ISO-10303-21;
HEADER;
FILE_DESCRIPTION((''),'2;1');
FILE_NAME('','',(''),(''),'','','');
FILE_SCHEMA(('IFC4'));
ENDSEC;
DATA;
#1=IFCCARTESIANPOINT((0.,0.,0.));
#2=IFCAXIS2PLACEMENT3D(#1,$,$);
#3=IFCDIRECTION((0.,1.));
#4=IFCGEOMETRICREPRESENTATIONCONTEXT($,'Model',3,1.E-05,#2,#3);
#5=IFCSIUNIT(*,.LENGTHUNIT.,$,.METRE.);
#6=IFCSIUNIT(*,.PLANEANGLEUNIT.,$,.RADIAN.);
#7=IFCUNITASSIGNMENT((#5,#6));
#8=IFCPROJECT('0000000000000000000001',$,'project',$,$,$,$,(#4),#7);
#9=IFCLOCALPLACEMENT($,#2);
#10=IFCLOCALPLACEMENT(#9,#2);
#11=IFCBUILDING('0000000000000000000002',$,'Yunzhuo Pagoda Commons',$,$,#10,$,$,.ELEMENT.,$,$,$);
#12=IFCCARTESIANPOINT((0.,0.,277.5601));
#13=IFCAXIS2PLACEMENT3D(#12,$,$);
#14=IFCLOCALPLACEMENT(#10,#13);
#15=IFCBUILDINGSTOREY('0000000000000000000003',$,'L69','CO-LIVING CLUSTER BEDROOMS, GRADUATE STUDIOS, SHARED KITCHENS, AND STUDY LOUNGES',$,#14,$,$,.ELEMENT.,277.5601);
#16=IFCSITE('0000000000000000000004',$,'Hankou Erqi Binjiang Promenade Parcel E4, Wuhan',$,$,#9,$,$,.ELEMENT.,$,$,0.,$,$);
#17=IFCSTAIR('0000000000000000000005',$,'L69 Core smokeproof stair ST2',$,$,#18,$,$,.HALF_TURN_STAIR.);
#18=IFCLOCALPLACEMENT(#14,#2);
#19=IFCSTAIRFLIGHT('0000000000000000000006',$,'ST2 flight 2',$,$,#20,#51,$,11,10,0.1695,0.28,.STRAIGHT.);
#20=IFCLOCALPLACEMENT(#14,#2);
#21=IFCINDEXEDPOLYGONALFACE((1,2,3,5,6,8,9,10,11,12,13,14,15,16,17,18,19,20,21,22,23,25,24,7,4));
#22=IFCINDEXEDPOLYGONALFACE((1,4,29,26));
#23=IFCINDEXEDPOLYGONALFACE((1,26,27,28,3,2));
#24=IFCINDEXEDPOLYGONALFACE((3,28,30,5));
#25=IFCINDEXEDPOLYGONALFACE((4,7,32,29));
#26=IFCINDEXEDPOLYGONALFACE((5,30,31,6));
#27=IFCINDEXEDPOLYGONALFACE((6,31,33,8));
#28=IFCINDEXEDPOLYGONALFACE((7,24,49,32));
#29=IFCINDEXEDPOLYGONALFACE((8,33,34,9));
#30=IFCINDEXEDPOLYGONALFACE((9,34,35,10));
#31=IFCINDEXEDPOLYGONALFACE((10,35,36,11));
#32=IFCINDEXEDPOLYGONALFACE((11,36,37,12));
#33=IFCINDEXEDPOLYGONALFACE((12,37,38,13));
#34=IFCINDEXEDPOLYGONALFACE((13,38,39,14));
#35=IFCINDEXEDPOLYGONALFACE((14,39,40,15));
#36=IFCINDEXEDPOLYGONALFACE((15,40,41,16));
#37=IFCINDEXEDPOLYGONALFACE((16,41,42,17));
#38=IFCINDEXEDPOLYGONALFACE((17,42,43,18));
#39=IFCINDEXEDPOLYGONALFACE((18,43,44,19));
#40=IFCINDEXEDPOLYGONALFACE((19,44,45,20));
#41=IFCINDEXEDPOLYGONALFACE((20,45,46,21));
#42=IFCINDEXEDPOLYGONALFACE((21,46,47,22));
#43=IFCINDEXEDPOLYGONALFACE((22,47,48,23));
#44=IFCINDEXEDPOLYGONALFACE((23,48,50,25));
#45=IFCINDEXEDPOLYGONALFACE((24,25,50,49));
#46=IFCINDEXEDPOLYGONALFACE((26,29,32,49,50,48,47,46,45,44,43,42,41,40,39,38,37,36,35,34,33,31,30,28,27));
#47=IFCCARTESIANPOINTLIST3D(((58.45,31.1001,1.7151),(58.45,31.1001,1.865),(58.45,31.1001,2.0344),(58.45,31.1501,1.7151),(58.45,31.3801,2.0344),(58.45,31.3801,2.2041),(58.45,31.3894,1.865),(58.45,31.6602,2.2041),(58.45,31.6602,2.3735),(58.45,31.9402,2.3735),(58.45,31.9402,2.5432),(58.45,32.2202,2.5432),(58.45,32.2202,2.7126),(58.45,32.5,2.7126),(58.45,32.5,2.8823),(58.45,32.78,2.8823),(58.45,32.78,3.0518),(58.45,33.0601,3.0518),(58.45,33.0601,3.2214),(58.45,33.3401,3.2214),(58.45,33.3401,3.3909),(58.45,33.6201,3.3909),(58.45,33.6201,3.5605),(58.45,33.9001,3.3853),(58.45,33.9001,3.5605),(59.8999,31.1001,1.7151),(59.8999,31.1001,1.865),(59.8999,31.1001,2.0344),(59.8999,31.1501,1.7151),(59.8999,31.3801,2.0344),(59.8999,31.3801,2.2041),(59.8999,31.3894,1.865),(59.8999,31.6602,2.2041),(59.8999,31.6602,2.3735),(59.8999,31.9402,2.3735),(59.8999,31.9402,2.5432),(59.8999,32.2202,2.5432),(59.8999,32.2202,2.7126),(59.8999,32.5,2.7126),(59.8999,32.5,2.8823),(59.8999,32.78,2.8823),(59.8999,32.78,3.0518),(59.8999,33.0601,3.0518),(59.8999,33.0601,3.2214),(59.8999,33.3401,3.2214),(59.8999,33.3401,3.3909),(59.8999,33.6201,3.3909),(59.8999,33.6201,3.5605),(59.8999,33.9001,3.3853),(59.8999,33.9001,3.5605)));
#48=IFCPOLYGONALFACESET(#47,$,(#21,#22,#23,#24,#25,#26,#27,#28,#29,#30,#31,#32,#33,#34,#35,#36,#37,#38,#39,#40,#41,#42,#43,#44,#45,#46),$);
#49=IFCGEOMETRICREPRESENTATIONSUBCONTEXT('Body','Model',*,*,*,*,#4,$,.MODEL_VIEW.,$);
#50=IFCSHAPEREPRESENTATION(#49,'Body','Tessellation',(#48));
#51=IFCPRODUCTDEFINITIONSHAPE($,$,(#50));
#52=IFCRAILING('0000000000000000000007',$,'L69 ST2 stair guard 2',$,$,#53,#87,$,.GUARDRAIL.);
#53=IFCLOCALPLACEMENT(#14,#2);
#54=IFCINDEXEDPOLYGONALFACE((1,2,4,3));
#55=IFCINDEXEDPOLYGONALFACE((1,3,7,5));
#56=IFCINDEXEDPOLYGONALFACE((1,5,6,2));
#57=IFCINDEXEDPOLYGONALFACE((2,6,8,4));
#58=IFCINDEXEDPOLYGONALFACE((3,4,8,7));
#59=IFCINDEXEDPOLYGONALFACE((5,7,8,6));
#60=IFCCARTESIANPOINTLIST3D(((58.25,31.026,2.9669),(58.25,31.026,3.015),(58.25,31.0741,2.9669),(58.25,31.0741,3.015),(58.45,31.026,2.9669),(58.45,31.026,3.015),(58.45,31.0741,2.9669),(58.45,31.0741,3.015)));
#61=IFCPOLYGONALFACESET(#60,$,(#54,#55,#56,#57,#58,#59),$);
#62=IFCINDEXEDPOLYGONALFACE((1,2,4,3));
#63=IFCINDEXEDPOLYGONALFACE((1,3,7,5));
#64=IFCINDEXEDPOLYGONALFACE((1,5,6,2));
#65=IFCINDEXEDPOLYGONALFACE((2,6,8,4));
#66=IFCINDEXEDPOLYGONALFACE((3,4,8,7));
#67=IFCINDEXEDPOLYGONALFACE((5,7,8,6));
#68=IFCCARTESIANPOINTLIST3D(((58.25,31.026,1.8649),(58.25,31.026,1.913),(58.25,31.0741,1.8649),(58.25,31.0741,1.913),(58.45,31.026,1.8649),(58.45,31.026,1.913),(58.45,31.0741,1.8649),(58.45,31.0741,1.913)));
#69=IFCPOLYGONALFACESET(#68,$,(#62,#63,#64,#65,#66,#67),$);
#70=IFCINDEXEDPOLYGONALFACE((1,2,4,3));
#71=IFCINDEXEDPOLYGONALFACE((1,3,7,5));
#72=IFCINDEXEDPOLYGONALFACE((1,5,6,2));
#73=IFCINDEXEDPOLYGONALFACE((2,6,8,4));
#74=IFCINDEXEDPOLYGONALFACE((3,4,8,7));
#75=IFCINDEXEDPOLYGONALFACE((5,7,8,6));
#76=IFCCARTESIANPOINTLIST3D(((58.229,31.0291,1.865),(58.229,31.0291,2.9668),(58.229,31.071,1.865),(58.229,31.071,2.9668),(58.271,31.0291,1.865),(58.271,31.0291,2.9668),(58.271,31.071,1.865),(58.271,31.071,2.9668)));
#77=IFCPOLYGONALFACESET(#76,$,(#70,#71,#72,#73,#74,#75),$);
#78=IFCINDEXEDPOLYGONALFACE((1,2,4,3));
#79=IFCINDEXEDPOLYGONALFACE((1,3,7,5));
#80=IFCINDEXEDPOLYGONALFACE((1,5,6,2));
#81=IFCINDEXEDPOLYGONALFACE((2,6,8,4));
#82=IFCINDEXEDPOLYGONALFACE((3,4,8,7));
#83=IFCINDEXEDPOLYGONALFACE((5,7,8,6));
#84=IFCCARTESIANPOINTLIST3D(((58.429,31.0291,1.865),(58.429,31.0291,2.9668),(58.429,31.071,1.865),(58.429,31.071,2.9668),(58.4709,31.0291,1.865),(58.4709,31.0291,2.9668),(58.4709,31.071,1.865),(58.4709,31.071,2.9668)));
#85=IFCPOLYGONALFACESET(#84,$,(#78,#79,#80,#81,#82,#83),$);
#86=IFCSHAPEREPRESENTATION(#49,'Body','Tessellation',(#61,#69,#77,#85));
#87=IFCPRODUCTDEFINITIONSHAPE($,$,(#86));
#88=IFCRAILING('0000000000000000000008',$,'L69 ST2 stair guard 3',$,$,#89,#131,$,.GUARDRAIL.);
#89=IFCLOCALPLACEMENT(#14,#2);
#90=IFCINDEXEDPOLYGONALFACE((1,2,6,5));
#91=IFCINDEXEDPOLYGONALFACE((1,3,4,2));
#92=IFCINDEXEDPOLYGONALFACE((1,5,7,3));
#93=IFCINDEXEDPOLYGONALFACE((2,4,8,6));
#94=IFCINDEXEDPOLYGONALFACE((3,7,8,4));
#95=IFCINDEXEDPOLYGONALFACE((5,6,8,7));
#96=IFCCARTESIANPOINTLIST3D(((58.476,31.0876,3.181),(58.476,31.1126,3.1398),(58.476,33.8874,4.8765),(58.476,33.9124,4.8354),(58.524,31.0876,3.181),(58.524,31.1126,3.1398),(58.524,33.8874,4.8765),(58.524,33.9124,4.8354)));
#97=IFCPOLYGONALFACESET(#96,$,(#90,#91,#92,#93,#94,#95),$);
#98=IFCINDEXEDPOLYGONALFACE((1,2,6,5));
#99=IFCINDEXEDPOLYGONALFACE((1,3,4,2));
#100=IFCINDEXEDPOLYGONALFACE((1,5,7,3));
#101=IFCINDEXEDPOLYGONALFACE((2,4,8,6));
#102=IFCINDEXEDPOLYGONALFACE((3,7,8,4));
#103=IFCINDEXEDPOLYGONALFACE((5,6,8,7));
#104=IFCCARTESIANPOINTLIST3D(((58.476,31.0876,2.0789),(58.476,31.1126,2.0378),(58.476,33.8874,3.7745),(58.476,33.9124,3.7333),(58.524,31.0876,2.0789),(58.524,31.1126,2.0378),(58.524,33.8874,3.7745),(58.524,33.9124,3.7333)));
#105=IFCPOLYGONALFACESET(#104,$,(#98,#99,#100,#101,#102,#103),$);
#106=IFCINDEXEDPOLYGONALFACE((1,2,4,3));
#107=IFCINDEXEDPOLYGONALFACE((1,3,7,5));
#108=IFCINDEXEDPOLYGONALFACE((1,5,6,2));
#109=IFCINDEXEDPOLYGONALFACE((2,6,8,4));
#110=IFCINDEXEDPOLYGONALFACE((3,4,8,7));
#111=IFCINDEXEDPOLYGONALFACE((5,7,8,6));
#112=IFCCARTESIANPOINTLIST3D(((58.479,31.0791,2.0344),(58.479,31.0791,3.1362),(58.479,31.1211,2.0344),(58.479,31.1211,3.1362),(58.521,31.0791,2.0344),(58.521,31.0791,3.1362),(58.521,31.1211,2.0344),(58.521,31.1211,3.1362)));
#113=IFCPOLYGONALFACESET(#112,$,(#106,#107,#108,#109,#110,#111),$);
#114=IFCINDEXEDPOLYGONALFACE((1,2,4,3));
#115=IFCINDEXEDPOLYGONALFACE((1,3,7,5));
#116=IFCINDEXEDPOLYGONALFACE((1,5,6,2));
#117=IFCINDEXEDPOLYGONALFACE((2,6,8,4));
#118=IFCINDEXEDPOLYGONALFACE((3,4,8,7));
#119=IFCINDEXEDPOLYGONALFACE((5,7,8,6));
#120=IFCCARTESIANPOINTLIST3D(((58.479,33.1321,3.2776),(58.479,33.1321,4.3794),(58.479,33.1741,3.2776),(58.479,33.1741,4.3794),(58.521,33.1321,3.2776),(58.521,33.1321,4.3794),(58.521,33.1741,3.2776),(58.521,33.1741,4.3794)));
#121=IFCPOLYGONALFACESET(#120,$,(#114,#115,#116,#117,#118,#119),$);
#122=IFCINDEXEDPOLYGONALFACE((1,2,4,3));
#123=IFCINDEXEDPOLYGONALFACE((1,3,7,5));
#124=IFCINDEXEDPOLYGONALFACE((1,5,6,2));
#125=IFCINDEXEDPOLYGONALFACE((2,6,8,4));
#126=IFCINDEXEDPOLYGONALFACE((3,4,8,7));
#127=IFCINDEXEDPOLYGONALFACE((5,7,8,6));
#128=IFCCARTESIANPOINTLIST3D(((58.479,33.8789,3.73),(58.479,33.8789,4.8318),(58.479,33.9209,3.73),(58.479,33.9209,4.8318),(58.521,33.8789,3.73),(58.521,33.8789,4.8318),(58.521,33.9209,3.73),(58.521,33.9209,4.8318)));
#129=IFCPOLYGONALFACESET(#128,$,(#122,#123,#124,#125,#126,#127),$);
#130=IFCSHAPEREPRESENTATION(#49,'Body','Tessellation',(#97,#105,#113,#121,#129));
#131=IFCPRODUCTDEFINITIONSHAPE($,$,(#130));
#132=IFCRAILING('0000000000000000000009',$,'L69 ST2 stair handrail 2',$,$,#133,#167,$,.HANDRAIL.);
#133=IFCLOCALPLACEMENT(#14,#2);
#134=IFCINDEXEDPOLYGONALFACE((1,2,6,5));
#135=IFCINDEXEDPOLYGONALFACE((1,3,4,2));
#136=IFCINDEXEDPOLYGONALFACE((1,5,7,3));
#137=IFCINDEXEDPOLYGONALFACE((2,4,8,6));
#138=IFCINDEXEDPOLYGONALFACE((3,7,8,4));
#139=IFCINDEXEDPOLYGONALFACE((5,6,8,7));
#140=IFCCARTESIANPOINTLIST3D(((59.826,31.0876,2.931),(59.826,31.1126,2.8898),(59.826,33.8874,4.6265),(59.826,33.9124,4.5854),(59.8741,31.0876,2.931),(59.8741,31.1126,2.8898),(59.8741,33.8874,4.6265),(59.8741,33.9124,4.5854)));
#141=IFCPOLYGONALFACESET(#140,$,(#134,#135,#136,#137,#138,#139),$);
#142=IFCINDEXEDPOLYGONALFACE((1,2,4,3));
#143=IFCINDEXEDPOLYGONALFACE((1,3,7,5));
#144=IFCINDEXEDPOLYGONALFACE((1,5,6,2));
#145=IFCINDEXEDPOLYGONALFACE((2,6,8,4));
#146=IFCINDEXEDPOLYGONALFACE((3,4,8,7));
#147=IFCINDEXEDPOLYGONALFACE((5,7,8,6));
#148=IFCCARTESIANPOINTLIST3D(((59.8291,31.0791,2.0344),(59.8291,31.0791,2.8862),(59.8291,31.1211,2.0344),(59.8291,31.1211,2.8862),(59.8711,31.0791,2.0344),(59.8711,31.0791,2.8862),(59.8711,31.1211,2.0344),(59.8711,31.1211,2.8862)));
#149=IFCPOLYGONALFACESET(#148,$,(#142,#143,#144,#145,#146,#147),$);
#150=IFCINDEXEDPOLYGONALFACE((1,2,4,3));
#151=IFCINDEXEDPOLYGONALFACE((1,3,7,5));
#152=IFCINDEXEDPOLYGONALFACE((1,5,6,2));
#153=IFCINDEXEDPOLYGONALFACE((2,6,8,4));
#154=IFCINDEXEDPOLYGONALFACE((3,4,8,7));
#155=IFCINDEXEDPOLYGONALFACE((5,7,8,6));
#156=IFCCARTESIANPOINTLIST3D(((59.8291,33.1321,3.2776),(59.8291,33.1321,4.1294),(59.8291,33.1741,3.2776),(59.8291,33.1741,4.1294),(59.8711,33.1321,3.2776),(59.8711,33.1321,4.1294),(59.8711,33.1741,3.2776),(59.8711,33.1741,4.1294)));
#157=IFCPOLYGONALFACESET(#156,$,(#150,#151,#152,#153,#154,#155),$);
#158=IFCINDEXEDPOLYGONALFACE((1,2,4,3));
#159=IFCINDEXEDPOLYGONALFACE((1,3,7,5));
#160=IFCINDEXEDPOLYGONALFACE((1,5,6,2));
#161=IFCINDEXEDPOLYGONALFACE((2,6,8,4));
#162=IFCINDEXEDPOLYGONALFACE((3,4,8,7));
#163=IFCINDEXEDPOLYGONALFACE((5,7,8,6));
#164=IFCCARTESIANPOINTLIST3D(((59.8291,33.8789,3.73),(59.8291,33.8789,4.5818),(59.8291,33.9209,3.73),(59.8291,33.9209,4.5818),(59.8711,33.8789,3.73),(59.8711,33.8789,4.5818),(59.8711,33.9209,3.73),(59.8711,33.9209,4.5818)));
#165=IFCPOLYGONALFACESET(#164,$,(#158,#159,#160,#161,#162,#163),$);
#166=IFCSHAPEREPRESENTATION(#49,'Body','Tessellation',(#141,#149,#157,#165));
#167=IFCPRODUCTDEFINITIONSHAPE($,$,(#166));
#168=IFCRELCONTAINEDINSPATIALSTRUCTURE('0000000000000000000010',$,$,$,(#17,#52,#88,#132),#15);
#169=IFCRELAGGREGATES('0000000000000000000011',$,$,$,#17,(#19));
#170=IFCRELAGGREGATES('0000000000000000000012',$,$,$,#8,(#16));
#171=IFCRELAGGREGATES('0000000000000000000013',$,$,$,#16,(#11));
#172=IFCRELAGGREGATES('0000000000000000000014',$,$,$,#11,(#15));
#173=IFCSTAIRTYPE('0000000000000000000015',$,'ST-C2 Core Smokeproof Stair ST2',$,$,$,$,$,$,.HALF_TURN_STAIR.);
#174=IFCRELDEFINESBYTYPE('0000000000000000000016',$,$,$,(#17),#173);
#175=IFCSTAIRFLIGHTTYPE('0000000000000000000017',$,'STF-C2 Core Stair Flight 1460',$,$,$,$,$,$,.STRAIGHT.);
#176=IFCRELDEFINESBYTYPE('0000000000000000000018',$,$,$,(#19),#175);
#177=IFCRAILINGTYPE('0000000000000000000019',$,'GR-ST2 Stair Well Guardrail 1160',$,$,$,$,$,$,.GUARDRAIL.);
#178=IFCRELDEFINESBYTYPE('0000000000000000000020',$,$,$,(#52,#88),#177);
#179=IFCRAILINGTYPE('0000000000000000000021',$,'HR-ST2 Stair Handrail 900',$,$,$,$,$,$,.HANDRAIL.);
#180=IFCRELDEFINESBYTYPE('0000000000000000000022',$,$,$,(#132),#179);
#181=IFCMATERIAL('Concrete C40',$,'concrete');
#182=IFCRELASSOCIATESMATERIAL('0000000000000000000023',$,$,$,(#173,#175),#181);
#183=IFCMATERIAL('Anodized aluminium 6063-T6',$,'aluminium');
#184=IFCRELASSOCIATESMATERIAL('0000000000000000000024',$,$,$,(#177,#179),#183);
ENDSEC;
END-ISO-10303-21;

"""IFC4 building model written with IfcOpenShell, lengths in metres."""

from ifc_helpers import new_model, si_unit, direction, frame, origin, origin_2d, place, context, subcontext, project, spatial, polyline, rectangle, outline, extrude, source, transform, mapped, material, type_object, element, aggregate, save


model = new_model("IFC4")

# Units and contexts
model_context = context("Model", 3, precision=1e-05, world=origin(), true_north=direction((0.0, 1.0)))
body_context = subcontext(model_context, "Body", "Model", "MODEL_VIEW")
ifc_project = project(units=[si_unit("LENGTHUNIT", "METRE"), si_unit("PLANEANGLEUNIT", "RADIAN")], contexts=[model_context])

# Site, building, storey
site_placement = place(None, origin())
site = spatial("IfcSite", under=ifc_project, at=site_placement, Name="Hankou Erqi Binjiang Promenade Parcel E4, Wuhan", CompositionType="ELEMENT", RefElevation=0.0)
building_placement = place(site_placement, origin())
building = spatial("IfcBuilding", under=site, at=building_placement, Name="Yunzhuo Pagoda Commons", CompositionType="ELEMENT")
storey_placement = place(building_placement, frame((0.0, 0.0, 277.5601)))
storey = spatial("IfcBuildingStorey", under=building, at=storey_placement, Name="L69", Description="CO-LIVING CLUSTER BEDROOMS, GRADUATE STUDIOS, SHARED KITCHENS, AND STUDY LOUNGES", CompositionType="ELEMENT", Elevation=277.5601)

# Shared definitions
ifc_material_1 = material(Name="Anodized aluminium 6063-T6", Category="aluminium")

# Stair, stair flight
ifc_material_2 = material(Name="Concrete C40", Category="concrete")
stair_type = type_object("IfcStairType", Name="ST-C2 Core Smokeproof Stair ST2", PredefinedType="HALF_TURN_STAIR", material=ifc_material_2)
stair_placement = place(storey_placement, origin())
stair = element("IfcStair", 1, at=stair_placement, inside=storey, type_object=stair_type, Name="L69 Core smokeproof stair ST2", PredefinedType="HALF_TURN_STAIR")
stair_flight_type = type_object("IfcStairFlightType", Name="STF-C2 Core Stair Flight 1460", PredefinedType="STRAIGHT", material=ifc_material_2)
shared_shape_1 = source(origin(), body_context, "Body", "SweptSolid", [
    extrude(outline(polyline([(0.0, -0.1499), (0.0, 0.0), (0.0, 0.1694), (0.28, 0.1694), (0.28, 0.3391), (0.5601, 0.3391), (0.5601, 0.5085), (0.8401, 0.5085), (0.8401, 0.6782), (1.1201, 0.6782), (1.1201, 0.8477), (1.3999, 0.8477), (1.3999, 1.0173), (1.6799, 1.0173), (1.6799, 1.1868), (1.96, 1.1868), (1.96, 1.3564), (2.24, 1.3564), (2.24, 1.5259), (2.52, 1.5259), (2.52, 1.6956), (2.8, 1.6956), (2.8, 1.865), (2.8, 1.5203), (0.2893, 0.0), (0.05, -0.1499), (0.0, -0.1499)])), frame((0.0, 0.7251, 0.0), z_axis=(0.0, -1.0, 0.0), x_axis=(1.0, 0.0, 0.0)), (0.0, 0.0, 1.0), 1.45),
])
stair_flight_placement = place(storey_placement, frame((59.175, 31.1001, 1.865), z_axis=(0.0, 0.0, 1.0), x_axis=(0.0, 1.0, 0.0)))
stair_flight = element("IfcStairFlight", 2, at=stair_flight_placement, type_object=stair_flight_type, Name="ST2 flight 2", NumberOfRisers=11, NumberOfTreads=10, PredefinedType="STRAIGHT", RiserHeight=0.1695, TreadLength=0.28, context=body_context, shape_type="MappedRepresentation", body=[
    mapped(shared_shape_1, transform((0.0, 0.0, 0.0), scale=1.0)),
])
aggregate(stair, [stair_flight])

# Railings
railing_type_1 = type_object("IfcRailingType", Name="GR-ST2 Stair Well Guardrail 1160", PredefinedType="GUARDRAIL", material=ifc_material_1)
railing_1_placement = place(storey_placement, frame((58.25, 31.05, 1.865)))
element("IfcRailing", 3, at=railing_1_placement, inside=storey, type_object=railing_type_1, Name="L69 ST2 stair guard 2", PredefinedType="GUARDRAIL", context=body_context, shape_type="SweptSolid", body=[
    extrude(rectangle(XDim=0.0481, YDim=0.0481, at=origin_2d()), frame((0.0, 0.0, 1.126), z_axis=(1.0, 0.0, 0.0), x_axis=(0.0, 1.0, 0.0)), (0.0, 0.0, 1.0), 0.2),
    extrude(rectangle(XDim=0.0481, YDim=0.0481, at=origin_2d()), frame((0.0, 0.0, 0.0239), z_axis=(1.0, 0.0, 0.0), x_axis=(0.0, 1.0, 0.0)), (0.0, 0.0, 1.0), 0.2),
    extrude(rectangle(XDim=0.042, YDim=0.042, at=origin_2d()), origin(), (0.0, 0.0, 1.0), 1.1018),
    extrude(rectangle(XDim=0.042, YDim=0.042, at=origin_2d()), frame((0.2, 0.0, 0.0)), (0.0, 0.0, 1.0), 1.1018),
])
railing_2_placement = place(storey_placement, frame((58.5, 31.1001, 2.0344)))
element("IfcRailing", 4, at=railing_2_placement, inside=storey, type_object=railing_type_1, Name="L69 ST2 stair guard 3", PredefinedType="GUARDRAIL", context=body_context, shape_type="SweptSolid", body=[
    extrude(rectangle(XDim=0.0481, YDim=0.0481, at=origin_2d()), frame((0.0, 0.0, 1.126), z_axis=(0.0, 0.855373, 0.518012), x_axis=(-1.0, 0.0, 0.0)), (0.0, 0.0, 1.0), 3.2732),
    extrude(rectangle(XDim=0.0481, YDim=0.0481, at=origin_2d()), frame((0.0, 0.0, 0.0239), z_axis=(0.0, 0.855373, 0.518012), x_axis=(-1.0, 0.0, 0.0)), (0.0, 0.0, 1.0), 3.2732),
    extrude(rectangle(XDim=0.042, YDim=0.042, at=origin_2d()), origin(), (0.0, 0.0, 1.0), 1.1018),
    extrude(rectangle(XDim=0.042, YDim=0.042, at=origin_2d()), frame((0.0, 2.053, 1.2432)), (0.0, 0.0, 1.0), 1.1018),
    extrude(rectangle(XDim=0.042, YDim=0.042, at=origin_2d()), frame((0.0, 2.7998, 1.6956)), (0.0, 0.0, 1.0), 1.1018),
])
railing_type_2 = type_object("IfcRailingType", Name="HR-ST2 Stair Handrail 900", PredefinedType="HANDRAIL", material=ifc_material_1)
railing_3_placement = place(storey_placement, frame((59.8501, 31.1001, 2.0344)))
element("IfcRailing", 5, at=railing_3_placement, inside=storey, type_object=railing_type_2, Name="L69 ST2 stair handrail 2", PredefinedType="HANDRAIL", context=body_context, shape_type="SweptSolid", body=[
    extrude(rectangle(XDim=0.0481, YDim=0.0481, at=origin_2d()), frame((0.0, 0.0, 0.876), z_axis=(0.0, 0.855373, 0.518012), x_axis=(-1.0, 0.0, 0.0)), (0.0, 0.0, 1.0), 3.2732),
    extrude(rectangle(XDim=0.042, YDim=0.042, at=origin_2d()), origin(), (0.0, 0.0, 1.0), 0.8518),
    extrude(rectangle(XDim=0.042, YDim=0.042, at=origin_2d()), frame((0.0, 2.053, 1.2432)), (0.0, 0.0, 1.0), 0.8518),
    extrude(rectangle(XDim=0.042, YDim=0.042, at=origin_2d()), frame((0.0, 2.7998, 1.6956)), (0.0, 0.0, 1.0), 0.8518),
])

save(model, "model.ifc")
